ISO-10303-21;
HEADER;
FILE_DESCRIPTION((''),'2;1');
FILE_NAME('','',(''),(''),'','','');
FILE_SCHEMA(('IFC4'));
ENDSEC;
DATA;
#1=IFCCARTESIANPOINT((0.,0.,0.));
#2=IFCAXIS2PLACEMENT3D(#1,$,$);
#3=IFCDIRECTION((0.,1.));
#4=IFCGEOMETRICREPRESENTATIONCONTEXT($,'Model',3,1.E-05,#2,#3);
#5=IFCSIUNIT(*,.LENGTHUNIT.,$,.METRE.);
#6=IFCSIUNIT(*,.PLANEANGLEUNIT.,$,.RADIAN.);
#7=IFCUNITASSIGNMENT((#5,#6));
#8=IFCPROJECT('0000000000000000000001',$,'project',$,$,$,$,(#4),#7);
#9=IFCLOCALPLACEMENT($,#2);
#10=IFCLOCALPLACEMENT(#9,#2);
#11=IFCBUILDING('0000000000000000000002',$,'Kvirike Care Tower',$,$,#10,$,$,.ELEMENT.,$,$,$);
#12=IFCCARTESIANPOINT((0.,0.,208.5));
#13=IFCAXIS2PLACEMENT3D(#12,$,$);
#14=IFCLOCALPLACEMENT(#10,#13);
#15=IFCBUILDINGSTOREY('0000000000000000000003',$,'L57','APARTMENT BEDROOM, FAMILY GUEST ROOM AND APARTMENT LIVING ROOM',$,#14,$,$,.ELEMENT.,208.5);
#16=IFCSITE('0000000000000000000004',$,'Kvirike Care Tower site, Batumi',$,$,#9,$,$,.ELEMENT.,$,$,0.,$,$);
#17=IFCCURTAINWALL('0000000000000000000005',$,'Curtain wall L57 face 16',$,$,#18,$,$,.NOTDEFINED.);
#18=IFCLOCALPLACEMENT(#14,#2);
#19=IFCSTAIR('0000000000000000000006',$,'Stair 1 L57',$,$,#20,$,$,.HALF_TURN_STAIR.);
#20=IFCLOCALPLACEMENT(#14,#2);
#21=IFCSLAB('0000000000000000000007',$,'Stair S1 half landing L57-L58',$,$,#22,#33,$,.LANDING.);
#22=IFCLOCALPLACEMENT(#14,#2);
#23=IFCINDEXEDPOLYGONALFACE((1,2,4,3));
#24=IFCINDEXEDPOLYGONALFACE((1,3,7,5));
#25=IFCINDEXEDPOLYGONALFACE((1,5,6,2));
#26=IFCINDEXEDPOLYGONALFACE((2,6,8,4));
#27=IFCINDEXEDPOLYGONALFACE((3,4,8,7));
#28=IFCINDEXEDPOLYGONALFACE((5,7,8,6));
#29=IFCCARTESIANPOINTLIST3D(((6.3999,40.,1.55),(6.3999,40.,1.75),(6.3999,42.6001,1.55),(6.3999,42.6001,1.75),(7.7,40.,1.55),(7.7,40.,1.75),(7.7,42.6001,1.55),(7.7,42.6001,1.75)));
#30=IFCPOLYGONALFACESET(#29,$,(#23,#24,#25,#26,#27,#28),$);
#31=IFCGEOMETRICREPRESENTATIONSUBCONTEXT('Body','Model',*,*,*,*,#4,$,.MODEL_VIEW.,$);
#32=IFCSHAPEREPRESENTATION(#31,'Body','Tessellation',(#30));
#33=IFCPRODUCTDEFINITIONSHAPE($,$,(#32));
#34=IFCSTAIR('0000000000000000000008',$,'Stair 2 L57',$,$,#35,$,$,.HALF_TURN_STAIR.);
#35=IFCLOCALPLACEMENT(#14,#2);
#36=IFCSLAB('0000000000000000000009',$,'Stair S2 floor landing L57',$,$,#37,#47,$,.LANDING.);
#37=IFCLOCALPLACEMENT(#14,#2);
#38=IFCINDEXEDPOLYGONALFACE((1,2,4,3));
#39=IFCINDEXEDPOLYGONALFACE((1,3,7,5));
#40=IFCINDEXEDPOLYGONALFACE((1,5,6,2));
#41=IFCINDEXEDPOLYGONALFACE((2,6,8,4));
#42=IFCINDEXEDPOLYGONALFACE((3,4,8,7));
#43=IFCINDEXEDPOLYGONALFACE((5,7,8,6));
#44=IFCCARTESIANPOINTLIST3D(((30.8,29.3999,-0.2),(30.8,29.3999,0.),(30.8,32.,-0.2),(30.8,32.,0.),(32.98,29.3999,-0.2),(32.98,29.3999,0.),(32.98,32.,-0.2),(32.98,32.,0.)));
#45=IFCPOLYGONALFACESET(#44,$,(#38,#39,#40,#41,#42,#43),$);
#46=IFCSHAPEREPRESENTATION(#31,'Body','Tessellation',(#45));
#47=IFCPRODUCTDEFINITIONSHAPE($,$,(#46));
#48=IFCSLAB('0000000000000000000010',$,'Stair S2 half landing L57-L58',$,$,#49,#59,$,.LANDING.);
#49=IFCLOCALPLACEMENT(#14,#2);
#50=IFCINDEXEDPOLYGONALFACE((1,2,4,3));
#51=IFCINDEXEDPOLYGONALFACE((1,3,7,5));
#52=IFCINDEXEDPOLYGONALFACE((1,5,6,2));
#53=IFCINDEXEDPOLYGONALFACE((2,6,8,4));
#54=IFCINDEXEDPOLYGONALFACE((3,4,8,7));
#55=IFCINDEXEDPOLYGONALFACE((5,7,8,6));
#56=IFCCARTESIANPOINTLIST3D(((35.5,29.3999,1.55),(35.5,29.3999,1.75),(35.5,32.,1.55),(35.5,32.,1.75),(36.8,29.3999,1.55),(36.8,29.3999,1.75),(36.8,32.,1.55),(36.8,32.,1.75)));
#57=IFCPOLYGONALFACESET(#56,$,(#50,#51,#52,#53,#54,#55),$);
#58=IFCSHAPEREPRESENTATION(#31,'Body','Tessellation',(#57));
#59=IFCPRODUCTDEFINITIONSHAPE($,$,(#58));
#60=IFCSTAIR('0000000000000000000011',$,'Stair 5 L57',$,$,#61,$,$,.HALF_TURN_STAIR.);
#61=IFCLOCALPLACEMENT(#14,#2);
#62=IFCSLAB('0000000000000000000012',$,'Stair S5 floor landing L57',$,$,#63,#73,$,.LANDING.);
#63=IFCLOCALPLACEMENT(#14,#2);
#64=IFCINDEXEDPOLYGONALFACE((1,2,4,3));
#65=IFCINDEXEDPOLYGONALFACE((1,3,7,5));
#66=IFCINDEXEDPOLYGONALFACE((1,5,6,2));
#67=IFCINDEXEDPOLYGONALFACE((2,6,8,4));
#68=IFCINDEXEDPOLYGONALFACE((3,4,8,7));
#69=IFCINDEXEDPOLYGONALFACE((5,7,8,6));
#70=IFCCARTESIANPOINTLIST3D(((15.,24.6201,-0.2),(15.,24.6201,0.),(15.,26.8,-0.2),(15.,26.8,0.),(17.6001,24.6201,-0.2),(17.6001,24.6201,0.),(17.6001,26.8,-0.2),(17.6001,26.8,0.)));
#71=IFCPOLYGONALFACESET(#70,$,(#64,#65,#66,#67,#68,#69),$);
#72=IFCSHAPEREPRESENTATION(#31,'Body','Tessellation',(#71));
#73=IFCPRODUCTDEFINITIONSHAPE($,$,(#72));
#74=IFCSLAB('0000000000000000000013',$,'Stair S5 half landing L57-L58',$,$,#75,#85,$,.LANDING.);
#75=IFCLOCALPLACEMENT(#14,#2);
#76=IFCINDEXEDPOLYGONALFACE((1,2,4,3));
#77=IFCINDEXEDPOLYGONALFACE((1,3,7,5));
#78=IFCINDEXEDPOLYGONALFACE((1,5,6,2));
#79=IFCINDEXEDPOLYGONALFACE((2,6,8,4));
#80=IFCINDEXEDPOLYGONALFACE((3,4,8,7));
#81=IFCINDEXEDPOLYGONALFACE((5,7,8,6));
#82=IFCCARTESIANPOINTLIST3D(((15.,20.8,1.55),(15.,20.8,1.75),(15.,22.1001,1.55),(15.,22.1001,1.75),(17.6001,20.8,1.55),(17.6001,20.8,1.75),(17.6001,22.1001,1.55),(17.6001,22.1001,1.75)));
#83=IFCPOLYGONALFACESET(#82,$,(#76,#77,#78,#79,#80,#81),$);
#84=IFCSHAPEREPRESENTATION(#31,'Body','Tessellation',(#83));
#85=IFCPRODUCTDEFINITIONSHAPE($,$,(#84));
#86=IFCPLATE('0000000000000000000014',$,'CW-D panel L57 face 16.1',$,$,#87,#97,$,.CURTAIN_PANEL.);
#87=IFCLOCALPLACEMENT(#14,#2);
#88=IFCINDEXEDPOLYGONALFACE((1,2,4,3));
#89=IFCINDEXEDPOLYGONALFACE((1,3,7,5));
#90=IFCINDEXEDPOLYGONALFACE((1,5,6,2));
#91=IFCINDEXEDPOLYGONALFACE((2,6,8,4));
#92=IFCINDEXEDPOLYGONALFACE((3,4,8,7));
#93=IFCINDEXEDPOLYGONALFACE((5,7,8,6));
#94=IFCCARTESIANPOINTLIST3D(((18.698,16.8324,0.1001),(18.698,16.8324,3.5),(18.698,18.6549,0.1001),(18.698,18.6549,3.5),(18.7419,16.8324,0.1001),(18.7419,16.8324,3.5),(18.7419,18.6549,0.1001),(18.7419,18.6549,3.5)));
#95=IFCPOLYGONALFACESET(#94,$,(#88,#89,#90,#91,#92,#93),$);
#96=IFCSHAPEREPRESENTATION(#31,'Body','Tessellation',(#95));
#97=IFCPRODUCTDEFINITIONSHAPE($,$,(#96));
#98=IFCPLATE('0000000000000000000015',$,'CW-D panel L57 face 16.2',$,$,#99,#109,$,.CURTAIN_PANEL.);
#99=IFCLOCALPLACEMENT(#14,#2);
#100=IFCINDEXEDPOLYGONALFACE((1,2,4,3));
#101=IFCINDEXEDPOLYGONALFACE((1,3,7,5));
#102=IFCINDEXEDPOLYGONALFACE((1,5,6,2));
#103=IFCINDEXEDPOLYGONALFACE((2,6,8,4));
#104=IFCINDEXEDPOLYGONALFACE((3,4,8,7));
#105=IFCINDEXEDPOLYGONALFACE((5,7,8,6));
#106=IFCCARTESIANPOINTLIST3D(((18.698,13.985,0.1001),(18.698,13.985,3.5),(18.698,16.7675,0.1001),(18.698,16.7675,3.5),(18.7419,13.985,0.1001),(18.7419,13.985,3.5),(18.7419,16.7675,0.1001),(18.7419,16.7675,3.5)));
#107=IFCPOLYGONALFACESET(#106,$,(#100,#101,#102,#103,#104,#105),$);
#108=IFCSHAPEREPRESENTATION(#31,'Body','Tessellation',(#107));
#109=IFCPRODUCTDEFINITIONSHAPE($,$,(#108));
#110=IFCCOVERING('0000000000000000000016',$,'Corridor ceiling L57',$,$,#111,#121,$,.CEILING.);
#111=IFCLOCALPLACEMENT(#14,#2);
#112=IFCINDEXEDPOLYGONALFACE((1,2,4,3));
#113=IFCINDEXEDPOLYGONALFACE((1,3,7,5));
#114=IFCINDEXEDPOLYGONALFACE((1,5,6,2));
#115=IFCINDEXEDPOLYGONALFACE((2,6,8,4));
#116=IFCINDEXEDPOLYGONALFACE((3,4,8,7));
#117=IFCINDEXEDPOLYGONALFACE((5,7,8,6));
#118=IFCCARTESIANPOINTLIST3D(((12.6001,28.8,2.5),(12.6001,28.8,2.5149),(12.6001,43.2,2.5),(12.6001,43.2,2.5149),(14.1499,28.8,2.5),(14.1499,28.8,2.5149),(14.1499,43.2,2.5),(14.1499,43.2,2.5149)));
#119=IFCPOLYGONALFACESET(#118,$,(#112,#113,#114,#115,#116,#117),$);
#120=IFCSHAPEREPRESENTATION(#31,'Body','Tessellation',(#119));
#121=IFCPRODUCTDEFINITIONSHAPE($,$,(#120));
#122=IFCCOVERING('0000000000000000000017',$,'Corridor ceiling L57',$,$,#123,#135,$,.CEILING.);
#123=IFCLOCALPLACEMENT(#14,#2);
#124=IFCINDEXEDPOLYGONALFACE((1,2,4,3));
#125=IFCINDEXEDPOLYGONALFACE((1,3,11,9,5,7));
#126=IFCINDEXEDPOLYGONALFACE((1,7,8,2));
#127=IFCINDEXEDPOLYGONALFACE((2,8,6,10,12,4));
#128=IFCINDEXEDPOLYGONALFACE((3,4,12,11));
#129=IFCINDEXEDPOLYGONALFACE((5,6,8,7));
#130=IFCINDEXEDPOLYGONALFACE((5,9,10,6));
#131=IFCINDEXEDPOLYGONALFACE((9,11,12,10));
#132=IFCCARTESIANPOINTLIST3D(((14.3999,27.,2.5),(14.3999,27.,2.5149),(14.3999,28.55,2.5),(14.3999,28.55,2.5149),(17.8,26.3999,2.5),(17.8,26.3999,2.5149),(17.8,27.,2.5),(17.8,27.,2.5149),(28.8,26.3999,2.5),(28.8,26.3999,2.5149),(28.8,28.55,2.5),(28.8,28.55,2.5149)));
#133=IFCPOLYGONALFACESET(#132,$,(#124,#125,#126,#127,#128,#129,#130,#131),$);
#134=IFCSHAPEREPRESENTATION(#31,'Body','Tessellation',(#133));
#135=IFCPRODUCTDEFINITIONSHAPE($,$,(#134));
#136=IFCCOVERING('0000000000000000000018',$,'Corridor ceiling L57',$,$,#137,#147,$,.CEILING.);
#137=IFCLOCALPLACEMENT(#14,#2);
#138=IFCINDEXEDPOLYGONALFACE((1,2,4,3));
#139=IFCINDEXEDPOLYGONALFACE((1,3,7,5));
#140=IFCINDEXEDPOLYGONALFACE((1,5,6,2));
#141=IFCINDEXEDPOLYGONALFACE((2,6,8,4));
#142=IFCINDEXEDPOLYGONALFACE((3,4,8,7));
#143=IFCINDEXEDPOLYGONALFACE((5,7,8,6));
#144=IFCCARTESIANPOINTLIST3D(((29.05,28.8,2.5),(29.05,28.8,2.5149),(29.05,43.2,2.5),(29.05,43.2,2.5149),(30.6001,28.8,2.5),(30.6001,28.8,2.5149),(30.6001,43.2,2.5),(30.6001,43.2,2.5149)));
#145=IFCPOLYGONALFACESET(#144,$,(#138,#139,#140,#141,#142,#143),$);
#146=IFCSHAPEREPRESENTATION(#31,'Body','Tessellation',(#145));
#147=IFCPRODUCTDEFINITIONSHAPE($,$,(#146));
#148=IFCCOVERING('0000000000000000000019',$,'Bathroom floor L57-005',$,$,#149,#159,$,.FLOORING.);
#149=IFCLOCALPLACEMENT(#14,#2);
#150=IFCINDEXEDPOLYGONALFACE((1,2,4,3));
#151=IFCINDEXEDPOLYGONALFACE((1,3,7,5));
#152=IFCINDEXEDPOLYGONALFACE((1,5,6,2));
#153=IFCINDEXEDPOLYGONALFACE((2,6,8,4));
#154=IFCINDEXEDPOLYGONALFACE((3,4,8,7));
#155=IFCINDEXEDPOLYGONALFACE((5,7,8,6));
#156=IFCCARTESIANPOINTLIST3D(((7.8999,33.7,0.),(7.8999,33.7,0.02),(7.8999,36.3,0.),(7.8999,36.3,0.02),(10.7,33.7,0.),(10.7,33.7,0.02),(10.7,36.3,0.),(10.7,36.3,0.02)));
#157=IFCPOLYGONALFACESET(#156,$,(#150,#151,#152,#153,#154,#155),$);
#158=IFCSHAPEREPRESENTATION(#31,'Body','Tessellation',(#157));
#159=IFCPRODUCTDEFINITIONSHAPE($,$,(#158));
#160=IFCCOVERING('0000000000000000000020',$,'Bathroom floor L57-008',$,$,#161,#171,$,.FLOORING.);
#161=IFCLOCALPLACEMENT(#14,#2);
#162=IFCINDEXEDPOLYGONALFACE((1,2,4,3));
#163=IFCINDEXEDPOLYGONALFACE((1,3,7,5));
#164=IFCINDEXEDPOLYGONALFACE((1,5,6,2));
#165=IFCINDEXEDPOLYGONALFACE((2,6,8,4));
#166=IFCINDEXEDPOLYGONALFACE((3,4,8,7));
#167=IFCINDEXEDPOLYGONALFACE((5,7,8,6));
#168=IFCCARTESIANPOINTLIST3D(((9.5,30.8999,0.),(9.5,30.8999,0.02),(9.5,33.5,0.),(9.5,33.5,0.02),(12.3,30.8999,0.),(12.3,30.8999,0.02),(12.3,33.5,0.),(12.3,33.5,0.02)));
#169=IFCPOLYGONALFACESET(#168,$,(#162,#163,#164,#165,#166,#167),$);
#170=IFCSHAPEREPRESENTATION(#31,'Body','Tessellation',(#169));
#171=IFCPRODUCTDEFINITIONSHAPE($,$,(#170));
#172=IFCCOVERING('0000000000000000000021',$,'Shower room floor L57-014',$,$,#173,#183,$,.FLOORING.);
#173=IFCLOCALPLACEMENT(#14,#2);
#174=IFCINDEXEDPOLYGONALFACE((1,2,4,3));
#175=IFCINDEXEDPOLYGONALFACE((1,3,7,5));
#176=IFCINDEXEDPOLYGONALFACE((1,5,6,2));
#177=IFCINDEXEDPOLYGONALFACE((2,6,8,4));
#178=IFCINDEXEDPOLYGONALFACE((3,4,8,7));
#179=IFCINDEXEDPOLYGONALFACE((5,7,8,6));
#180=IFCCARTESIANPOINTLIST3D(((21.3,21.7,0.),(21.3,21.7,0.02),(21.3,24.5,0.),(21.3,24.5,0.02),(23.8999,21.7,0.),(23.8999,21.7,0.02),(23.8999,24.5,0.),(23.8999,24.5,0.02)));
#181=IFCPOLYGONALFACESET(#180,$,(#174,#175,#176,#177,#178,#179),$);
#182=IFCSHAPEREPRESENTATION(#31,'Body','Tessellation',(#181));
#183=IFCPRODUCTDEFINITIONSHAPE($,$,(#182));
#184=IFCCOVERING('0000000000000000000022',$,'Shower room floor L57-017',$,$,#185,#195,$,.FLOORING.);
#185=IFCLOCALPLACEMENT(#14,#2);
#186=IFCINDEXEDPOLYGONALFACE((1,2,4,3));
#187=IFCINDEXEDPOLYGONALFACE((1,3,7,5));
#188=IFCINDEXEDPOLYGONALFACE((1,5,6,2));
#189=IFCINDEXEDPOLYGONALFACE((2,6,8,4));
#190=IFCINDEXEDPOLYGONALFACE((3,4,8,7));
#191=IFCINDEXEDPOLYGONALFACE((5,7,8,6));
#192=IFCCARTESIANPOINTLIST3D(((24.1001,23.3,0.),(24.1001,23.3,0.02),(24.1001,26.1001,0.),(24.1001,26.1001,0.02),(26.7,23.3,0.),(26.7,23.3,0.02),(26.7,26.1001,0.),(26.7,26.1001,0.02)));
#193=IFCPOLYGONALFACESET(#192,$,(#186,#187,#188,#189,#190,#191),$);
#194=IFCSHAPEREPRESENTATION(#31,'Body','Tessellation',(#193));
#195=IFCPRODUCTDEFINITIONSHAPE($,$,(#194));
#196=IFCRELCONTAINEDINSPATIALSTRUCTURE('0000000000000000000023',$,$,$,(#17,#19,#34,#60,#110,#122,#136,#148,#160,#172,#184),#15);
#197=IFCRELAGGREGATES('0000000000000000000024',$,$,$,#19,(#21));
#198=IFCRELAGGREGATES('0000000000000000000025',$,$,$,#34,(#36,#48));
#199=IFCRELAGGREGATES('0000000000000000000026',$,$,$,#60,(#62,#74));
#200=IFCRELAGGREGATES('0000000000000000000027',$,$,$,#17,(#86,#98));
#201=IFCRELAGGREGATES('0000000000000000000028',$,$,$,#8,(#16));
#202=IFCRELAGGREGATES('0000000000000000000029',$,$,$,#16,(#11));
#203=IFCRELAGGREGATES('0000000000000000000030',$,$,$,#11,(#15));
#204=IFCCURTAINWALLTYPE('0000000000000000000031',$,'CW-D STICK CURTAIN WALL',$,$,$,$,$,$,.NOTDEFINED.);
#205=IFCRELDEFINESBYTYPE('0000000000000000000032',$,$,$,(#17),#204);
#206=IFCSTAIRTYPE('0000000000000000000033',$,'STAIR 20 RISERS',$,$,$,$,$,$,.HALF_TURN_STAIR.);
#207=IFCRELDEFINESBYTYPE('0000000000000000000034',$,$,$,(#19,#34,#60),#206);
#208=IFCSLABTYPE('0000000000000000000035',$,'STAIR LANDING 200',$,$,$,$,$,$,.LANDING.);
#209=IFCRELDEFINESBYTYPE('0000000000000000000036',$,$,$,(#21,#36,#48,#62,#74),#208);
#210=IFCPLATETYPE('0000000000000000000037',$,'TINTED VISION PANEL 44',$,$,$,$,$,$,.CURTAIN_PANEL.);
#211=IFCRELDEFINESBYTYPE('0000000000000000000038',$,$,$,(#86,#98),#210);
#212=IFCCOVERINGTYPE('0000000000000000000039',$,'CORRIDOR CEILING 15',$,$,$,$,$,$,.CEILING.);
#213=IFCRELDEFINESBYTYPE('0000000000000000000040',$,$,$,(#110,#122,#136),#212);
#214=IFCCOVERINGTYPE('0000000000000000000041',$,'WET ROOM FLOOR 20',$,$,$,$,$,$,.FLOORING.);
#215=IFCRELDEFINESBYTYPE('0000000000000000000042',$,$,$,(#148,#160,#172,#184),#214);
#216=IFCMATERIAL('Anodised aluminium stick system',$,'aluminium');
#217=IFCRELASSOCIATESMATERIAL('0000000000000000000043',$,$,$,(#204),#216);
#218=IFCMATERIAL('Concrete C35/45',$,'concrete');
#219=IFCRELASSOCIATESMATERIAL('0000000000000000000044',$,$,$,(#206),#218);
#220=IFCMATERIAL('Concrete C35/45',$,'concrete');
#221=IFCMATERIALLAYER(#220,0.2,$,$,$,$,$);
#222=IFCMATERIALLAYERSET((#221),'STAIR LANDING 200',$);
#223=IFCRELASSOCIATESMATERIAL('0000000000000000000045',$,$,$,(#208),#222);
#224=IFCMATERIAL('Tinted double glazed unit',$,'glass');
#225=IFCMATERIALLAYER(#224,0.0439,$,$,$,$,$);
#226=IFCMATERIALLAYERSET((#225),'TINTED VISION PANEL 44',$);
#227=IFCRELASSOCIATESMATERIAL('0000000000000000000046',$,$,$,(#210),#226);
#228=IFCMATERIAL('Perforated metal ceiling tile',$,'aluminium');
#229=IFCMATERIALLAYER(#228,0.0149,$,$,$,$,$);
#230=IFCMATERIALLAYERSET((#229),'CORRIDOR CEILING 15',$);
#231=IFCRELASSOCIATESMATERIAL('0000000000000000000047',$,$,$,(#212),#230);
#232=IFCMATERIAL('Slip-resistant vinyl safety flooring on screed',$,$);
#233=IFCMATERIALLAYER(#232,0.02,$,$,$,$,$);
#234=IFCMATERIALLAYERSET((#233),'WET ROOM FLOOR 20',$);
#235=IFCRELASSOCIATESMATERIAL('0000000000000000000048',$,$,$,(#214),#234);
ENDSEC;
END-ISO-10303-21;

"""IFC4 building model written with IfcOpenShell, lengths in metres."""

from ifc_helpers import new_model, si_unit, direction, frame, origin, origin_2d, place, context, subcontext, project, spatial, polyline, rectangle, outline, extrude, material, layer, layer_set, type_object, element, aggregate, save


model = new_model("IFC4")

# Units and contexts
model_context = context("Model", 3, precision=1e-05, world=origin(), true_north=direction((0.0, 1.0)))
body_context = subcontext(model_context, "Body", "Model", "MODEL_VIEW")
ifc_project = project(units=[si_unit("LENGTHUNIT", "METRE"), si_unit("PLANEANGLEUNIT", "RADIAN")], contexts=[model_context])

# Site, building, storey
site_placement = place(None, origin())
site = spatial("IfcSite", under=ifc_project, at=site_placement, Name="Kvirike Care Tower site, Batumi", CompositionType="ELEMENT", RefElevation=0.0)
building_placement = place(site_placement, origin())
building = spatial("IfcBuilding", under=site, at=building_placement, Name="Kvirike Care Tower", CompositionType="ELEMENT")
storey_placement = place(building_placement, frame((0.0, 0.0, 208.5)))
storey = spatial("IfcBuildingStorey", under=building, at=storey_placement, Name="L57", Description="APARTMENT BEDROOM, FAMILY GUEST ROOM AND APARTMENT LIVING ROOM", CompositionType="ELEMENT", Elevation=208.5)

# Shared definitions
ifc_material_1 = material(Name="Anodised aluminium stick system", Category="aluminium")
curtain_wall_type = type_object("IfcCurtainWallType", Name="CW-D STICK CURTAIN WALL", PredefinedType="NOTDEFINED", material=ifc_material_1)

# Curtain wall
curtain_wall_1_placement = place(storey_placement, origin())
curtain_wall_1 = element("IfcCurtainWall", 1, at=curtain_wall_1_placement, inside=storey, type_object=curtain_wall_type, Name="Curtain wall L57 face 16", PredefinedType="NOTDEFINED")

# Stairs, slabs
ifc_material_2 = material(Name="Concrete C35/45", Category="concrete")
stair_type = type_object("IfcStairType", Name="STAIR 20 RISERS", PredefinedType="HALF_TURN_STAIR", material=ifc_material_2)
stair_1_placement = place(storey_placement, origin())
stair_1 = element("IfcStair", 2, at=stair_1_placement, inside=storey, type_object=stair_type, Name="Stair 1 L57", PredefinedType="HALF_TURN_STAIR")
ifc_material_3 = material(Name="Concrete C35/45", Category="concrete")
ifc_layer_1 = layer(ifc_material_3, 0.2)
ifc_layer_set_1 = layer_set([ifc_layer_1], Name="STAIR LANDING 200")
slab_type_1 = type_object("IfcSlabType", Name="STAIR LANDING 200", PredefinedType="LANDING", material=ifc_layer_set_1)
slab_1_placement = place(storey_placement, frame((0.0, 0.0, 1.55)))
slab_1 = element("IfcSlab", 3, at=slab_1_placement, type_object=slab_type_1, Name="Stair S1 half landing L57-L58", PredefinedType="LANDING", context=body_context, shape_type="SweptSolid", body=[
    extrude(outline(polyline([(6.3999, 42.6001), (6.3999, 40.0), (7.7, 40.0), (7.7, 42.6001), (6.3999, 42.6001)])), origin(), (0.0, 0.0, 1.0), 0.2),
])
aggregate(stair_1, [slab_1])
stair_2_placement = place(storey_placement, origin())
stair_2 = element("IfcStair", 4, at=stair_2_placement, inside=storey, type_object=stair_type, Name="Stair 2 L57", PredefinedType="HALF_TURN_STAIR")
slab_2_placement = place(storey_placement, frame((0.0, 0.0, -0.2)))
slab_2 = element("IfcSlab", 5, at=slab_2_placement, type_object=slab_type_1, Name="Stair S2 floor landing L57", PredefinedType="LANDING", context=body_context, shape_type="SweptSolid", body=[
    extrude(outline(polyline([(32.98, 29.3999), (32.98, 32.0), (30.8, 32.0), (30.8, 29.3999), (32.98, 29.3999)])), origin(), (0.0, 0.0, 1.0), 0.2),
])
slab_3_placement = place(storey_placement, frame((0.0, 0.0, 1.55)))
slab_3 = element("IfcSlab", 6, at=slab_3_placement, type_object=slab_type_1, Name="Stair S2 half landing L57-L58", PredefinedType="LANDING", context=body_context, shape_type="SweptSolid", body=[
    extrude(outline(polyline([(36.8, 29.3999), (36.8, 32.0), (35.5, 32.0), (35.5, 29.3999), (36.8, 29.3999)])), origin(), (0.0, 0.0, 1.0), 0.2),
])
aggregate(stair_2, [slab_2, slab_3])
stair_3_placement = place(storey_placement, origin())
stair_3 = element("IfcStair", 7, at=stair_3_placement, inside=storey, type_object=stair_type, Name="Stair 5 L57", PredefinedType="HALF_TURN_STAIR")
slab_4_placement = place(storey_placement, frame((0.0, 0.0, -0.2)))
slab_4 = element("IfcSlab", 8, at=slab_4_placement, type_object=slab_type_1, Name="Stair S5 floor landing L57", PredefinedType="LANDING", context=body_context, shape_type="SweptSolid", body=[
    extrude(outline(polyline([(15.0, 24.6201), (17.6001, 24.6201), (17.6001, 26.8), (15.0, 26.8), (15.0, 24.6201)])), origin(), (0.0, 0.0, 1.0), 0.2),
])
slab_5_placement = place(storey_placement, frame((0.0, 0.0, 1.55)))
slab_5 = element("IfcSlab", 9, at=slab_5_placement, type_object=slab_type_1, Name="Stair S5 half landing L57-L58", PredefinedType="LANDING", context=body_context, shape_type="SweptSolid", body=[
    extrude(outline(polyline([(15.0, 20.8), (17.6001, 20.8), (17.6001, 22.1001), (15.0, 22.1001), (15.0, 20.8)])), origin(), (0.0, 0.0, 1.0), 0.2),
])
aggregate(stair_3, [slab_4, slab_5])

# Plates
ifc_material_4 = material(Name="Tinted double glazed unit", Category="glass")
ifc_layer_2 = layer(ifc_material_4, 0.0439)
ifc_layer_set_2 = layer_set([ifc_layer_2], Name="TINTED VISION PANEL 44")
plate_type = type_object("IfcPlateType", Name="TINTED VISION PANEL 44", PredefinedType="CURTAIN_PANEL", material=ifc_layer_set_2)
plate_1_placement = place(storey_placement, frame((18.72, 17.7437, 0.1001), z_axis=(0.0, 0.0, 1.0), x_axis=(0.0, -1.0, 0.0)))
plate_1 = element("IfcPlate", 10, at=plate_1_placement, type_object=plate_type, Name="CW-D panel L57 face 16.1", PredefinedType="CURTAIN_PANEL", context=body_context, shape_type="SweptSolid", body=[
    extrude(rectangle(XDim=1.8225, YDim=0.0439, at=origin_2d()), origin(), (0.0, 0.0, 1.0), 3.3999),
])
plate_2_placement = place(storey_placement, frame((18.72, 15.3762, 0.1001), z_axis=(0.0, 0.0, 1.0), x_axis=(0.0, -1.0, 0.0)))
plate_2 = element("IfcPlate", 11, at=plate_2_placement, type_object=plate_type, Name="CW-D panel L57 face 16.2", PredefinedType="CURTAIN_PANEL", context=body_context, shape_type="SweptSolid", body=[
    extrude(rectangle(XDim=2.7825, YDim=0.0439, at=origin_2d()), origin(), (0.0, 0.0, 1.0), 3.3999),
])
aggregate(curtain_wall_1, [plate_1, plate_2])

# Coverings
ifc_material_5 = material(Name="Perforated metal ceiling tile", Category="aluminium")
ifc_layer_3 = layer(ifc_material_5, 0.0149)
ifc_layer_set_3 = layer_set([ifc_layer_3], Name="CORRIDOR CEILING 15")
covering_type_1 = type_object("IfcCoveringType", Name="CORRIDOR CEILING 15", PredefinedType="CEILING", material=ifc_layer_set_3)
covering_1_placement = place(storey_placement, frame((0.0, 0.0, 2.5)))
element("IfcCovering", 12, at=covering_1_placement, inside=storey, type_object=covering_type_1, Name="Corridor ceiling L57", PredefinedType="CEILING", context=body_context, shape_type="SweptSolid", body=[
    extrude(outline(polyline([(12.6001, 43.2), (14.1499, 43.2), (14.1499, 28.8), (12.6001, 28.8), (12.6001, 43.2)])), origin(), (0.0, 0.0, 1.0), 0.0149),
])
covering_2_placement = place(storey_placement, frame((0.0, 0.0, 2.5)))
element("IfcCovering", 13, at=covering_2_placement, inside=storey, type_object=covering_type_1, Name="Corridor ceiling L57", PredefinedType="CEILING", context=body_context, shape_type="SweptSolid", body=[
    extrude(outline(polyline([(14.3999, 28.55), (28.8, 28.55), (28.8, 26.3999), (17.8, 26.3999), (17.8, 27.0), (14.3999, 27.0), (14.3999, 28.55)])), origin(), (0.0, 0.0, 1.0), 0.0149),
])
covering_3_placement = place(storey_placement, frame((0.0, 0.0, 2.5)))
element("IfcCovering", 14, at=covering_3_placement, inside=storey, type_object=covering_type_1, Name="Corridor ceiling L57", PredefinedType="CEILING", context=body_context, shape_type="SweptSolid", body=[
    extrude(outline(polyline([(30.6001, 28.8), (29.05, 28.8), (29.05, 43.2), (30.6001, 43.2), (30.6001, 28.8)])), origin(), (0.0, 0.0, 1.0), 0.0149),
])
ifc_material_6 = material(Name="Slip-resistant vinyl safety flooring on screed")
ifc_layer_4 = layer(ifc_material_6, 0.02)
ifc_layer_set_4 = layer_set([ifc_layer_4], Name="WET ROOM FLOOR 20")
covering_type_2 = type_object("IfcCoveringType", Name="WET ROOM FLOOR 20", PredefinedType="FLOORING", material=ifc_layer_set_4)
covering_4_placement = place(storey_placement, origin())
element("IfcCovering", 15, at=covering_4_placement, inside=storey, type_object=covering_type_2, Name="Bathroom floor L57-005", PredefinedType="FLOORING", context=body_context, shape_type="SweptSolid", body=[
    extrude(outline(polyline([(7.8999, 36.3), (10.7, 36.3), (10.7, 33.7), (7.8999, 33.7), (7.8999, 36.3)])), origin(), (0.0, 0.0, 1.0), 0.02),
])
covering_5_placement = place(storey_placement, origin())
element("IfcCovering", 16, at=covering_5_placement, inside=storey, type_object=covering_type_2, Name="Bathroom floor L57-008", PredefinedType="FLOORING", context=body_context, shape_type="SweptSolid", body=[
    extrude(outline(polyline([(9.5, 33.5), (12.3, 33.5), (12.3, 30.8999), (9.5, 30.8999), (9.5, 33.5)])), origin(), (0.0, 0.0, 1.0), 0.02),
])
covering_6_placement = place(storey_placement, origin())
element("IfcCovering", 17, at=covering_6_placement, inside=storey, type_object=covering_type_2, Name="Shower room floor L57-014", PredefinedType="FLOORING", context=body_context, shape_type="SweptSolid", body=[
    extrude(outline(polyline([(21.3, 21.7), (21.3, 24.5), (23.8999, 24.5), (23.8999, 21.7), (21.3, 21.7)])), origin(), (0.0, 0.0, 1.0), 0.02),
])
covering_7_placement = place(storey_placement, origin())
element("IfcCovering", 18, at=covering_7_placement, inside=storey, type_object=covering_type_2, Name="Shower room floor L57-017", PredefinedType="FLOORING", context=body_context, shape_type="SweptSolid", body=[
    extrude(outline(polyline([(24.1001, 23.3), (24.1001, 26.1001), (26.7, 26.1001), (26.7, 23.3), (24.1001, 23.3)])), origin(), (0.0, 0.0, 1.0), 0.02),
])

save(model, "model.ifc")
